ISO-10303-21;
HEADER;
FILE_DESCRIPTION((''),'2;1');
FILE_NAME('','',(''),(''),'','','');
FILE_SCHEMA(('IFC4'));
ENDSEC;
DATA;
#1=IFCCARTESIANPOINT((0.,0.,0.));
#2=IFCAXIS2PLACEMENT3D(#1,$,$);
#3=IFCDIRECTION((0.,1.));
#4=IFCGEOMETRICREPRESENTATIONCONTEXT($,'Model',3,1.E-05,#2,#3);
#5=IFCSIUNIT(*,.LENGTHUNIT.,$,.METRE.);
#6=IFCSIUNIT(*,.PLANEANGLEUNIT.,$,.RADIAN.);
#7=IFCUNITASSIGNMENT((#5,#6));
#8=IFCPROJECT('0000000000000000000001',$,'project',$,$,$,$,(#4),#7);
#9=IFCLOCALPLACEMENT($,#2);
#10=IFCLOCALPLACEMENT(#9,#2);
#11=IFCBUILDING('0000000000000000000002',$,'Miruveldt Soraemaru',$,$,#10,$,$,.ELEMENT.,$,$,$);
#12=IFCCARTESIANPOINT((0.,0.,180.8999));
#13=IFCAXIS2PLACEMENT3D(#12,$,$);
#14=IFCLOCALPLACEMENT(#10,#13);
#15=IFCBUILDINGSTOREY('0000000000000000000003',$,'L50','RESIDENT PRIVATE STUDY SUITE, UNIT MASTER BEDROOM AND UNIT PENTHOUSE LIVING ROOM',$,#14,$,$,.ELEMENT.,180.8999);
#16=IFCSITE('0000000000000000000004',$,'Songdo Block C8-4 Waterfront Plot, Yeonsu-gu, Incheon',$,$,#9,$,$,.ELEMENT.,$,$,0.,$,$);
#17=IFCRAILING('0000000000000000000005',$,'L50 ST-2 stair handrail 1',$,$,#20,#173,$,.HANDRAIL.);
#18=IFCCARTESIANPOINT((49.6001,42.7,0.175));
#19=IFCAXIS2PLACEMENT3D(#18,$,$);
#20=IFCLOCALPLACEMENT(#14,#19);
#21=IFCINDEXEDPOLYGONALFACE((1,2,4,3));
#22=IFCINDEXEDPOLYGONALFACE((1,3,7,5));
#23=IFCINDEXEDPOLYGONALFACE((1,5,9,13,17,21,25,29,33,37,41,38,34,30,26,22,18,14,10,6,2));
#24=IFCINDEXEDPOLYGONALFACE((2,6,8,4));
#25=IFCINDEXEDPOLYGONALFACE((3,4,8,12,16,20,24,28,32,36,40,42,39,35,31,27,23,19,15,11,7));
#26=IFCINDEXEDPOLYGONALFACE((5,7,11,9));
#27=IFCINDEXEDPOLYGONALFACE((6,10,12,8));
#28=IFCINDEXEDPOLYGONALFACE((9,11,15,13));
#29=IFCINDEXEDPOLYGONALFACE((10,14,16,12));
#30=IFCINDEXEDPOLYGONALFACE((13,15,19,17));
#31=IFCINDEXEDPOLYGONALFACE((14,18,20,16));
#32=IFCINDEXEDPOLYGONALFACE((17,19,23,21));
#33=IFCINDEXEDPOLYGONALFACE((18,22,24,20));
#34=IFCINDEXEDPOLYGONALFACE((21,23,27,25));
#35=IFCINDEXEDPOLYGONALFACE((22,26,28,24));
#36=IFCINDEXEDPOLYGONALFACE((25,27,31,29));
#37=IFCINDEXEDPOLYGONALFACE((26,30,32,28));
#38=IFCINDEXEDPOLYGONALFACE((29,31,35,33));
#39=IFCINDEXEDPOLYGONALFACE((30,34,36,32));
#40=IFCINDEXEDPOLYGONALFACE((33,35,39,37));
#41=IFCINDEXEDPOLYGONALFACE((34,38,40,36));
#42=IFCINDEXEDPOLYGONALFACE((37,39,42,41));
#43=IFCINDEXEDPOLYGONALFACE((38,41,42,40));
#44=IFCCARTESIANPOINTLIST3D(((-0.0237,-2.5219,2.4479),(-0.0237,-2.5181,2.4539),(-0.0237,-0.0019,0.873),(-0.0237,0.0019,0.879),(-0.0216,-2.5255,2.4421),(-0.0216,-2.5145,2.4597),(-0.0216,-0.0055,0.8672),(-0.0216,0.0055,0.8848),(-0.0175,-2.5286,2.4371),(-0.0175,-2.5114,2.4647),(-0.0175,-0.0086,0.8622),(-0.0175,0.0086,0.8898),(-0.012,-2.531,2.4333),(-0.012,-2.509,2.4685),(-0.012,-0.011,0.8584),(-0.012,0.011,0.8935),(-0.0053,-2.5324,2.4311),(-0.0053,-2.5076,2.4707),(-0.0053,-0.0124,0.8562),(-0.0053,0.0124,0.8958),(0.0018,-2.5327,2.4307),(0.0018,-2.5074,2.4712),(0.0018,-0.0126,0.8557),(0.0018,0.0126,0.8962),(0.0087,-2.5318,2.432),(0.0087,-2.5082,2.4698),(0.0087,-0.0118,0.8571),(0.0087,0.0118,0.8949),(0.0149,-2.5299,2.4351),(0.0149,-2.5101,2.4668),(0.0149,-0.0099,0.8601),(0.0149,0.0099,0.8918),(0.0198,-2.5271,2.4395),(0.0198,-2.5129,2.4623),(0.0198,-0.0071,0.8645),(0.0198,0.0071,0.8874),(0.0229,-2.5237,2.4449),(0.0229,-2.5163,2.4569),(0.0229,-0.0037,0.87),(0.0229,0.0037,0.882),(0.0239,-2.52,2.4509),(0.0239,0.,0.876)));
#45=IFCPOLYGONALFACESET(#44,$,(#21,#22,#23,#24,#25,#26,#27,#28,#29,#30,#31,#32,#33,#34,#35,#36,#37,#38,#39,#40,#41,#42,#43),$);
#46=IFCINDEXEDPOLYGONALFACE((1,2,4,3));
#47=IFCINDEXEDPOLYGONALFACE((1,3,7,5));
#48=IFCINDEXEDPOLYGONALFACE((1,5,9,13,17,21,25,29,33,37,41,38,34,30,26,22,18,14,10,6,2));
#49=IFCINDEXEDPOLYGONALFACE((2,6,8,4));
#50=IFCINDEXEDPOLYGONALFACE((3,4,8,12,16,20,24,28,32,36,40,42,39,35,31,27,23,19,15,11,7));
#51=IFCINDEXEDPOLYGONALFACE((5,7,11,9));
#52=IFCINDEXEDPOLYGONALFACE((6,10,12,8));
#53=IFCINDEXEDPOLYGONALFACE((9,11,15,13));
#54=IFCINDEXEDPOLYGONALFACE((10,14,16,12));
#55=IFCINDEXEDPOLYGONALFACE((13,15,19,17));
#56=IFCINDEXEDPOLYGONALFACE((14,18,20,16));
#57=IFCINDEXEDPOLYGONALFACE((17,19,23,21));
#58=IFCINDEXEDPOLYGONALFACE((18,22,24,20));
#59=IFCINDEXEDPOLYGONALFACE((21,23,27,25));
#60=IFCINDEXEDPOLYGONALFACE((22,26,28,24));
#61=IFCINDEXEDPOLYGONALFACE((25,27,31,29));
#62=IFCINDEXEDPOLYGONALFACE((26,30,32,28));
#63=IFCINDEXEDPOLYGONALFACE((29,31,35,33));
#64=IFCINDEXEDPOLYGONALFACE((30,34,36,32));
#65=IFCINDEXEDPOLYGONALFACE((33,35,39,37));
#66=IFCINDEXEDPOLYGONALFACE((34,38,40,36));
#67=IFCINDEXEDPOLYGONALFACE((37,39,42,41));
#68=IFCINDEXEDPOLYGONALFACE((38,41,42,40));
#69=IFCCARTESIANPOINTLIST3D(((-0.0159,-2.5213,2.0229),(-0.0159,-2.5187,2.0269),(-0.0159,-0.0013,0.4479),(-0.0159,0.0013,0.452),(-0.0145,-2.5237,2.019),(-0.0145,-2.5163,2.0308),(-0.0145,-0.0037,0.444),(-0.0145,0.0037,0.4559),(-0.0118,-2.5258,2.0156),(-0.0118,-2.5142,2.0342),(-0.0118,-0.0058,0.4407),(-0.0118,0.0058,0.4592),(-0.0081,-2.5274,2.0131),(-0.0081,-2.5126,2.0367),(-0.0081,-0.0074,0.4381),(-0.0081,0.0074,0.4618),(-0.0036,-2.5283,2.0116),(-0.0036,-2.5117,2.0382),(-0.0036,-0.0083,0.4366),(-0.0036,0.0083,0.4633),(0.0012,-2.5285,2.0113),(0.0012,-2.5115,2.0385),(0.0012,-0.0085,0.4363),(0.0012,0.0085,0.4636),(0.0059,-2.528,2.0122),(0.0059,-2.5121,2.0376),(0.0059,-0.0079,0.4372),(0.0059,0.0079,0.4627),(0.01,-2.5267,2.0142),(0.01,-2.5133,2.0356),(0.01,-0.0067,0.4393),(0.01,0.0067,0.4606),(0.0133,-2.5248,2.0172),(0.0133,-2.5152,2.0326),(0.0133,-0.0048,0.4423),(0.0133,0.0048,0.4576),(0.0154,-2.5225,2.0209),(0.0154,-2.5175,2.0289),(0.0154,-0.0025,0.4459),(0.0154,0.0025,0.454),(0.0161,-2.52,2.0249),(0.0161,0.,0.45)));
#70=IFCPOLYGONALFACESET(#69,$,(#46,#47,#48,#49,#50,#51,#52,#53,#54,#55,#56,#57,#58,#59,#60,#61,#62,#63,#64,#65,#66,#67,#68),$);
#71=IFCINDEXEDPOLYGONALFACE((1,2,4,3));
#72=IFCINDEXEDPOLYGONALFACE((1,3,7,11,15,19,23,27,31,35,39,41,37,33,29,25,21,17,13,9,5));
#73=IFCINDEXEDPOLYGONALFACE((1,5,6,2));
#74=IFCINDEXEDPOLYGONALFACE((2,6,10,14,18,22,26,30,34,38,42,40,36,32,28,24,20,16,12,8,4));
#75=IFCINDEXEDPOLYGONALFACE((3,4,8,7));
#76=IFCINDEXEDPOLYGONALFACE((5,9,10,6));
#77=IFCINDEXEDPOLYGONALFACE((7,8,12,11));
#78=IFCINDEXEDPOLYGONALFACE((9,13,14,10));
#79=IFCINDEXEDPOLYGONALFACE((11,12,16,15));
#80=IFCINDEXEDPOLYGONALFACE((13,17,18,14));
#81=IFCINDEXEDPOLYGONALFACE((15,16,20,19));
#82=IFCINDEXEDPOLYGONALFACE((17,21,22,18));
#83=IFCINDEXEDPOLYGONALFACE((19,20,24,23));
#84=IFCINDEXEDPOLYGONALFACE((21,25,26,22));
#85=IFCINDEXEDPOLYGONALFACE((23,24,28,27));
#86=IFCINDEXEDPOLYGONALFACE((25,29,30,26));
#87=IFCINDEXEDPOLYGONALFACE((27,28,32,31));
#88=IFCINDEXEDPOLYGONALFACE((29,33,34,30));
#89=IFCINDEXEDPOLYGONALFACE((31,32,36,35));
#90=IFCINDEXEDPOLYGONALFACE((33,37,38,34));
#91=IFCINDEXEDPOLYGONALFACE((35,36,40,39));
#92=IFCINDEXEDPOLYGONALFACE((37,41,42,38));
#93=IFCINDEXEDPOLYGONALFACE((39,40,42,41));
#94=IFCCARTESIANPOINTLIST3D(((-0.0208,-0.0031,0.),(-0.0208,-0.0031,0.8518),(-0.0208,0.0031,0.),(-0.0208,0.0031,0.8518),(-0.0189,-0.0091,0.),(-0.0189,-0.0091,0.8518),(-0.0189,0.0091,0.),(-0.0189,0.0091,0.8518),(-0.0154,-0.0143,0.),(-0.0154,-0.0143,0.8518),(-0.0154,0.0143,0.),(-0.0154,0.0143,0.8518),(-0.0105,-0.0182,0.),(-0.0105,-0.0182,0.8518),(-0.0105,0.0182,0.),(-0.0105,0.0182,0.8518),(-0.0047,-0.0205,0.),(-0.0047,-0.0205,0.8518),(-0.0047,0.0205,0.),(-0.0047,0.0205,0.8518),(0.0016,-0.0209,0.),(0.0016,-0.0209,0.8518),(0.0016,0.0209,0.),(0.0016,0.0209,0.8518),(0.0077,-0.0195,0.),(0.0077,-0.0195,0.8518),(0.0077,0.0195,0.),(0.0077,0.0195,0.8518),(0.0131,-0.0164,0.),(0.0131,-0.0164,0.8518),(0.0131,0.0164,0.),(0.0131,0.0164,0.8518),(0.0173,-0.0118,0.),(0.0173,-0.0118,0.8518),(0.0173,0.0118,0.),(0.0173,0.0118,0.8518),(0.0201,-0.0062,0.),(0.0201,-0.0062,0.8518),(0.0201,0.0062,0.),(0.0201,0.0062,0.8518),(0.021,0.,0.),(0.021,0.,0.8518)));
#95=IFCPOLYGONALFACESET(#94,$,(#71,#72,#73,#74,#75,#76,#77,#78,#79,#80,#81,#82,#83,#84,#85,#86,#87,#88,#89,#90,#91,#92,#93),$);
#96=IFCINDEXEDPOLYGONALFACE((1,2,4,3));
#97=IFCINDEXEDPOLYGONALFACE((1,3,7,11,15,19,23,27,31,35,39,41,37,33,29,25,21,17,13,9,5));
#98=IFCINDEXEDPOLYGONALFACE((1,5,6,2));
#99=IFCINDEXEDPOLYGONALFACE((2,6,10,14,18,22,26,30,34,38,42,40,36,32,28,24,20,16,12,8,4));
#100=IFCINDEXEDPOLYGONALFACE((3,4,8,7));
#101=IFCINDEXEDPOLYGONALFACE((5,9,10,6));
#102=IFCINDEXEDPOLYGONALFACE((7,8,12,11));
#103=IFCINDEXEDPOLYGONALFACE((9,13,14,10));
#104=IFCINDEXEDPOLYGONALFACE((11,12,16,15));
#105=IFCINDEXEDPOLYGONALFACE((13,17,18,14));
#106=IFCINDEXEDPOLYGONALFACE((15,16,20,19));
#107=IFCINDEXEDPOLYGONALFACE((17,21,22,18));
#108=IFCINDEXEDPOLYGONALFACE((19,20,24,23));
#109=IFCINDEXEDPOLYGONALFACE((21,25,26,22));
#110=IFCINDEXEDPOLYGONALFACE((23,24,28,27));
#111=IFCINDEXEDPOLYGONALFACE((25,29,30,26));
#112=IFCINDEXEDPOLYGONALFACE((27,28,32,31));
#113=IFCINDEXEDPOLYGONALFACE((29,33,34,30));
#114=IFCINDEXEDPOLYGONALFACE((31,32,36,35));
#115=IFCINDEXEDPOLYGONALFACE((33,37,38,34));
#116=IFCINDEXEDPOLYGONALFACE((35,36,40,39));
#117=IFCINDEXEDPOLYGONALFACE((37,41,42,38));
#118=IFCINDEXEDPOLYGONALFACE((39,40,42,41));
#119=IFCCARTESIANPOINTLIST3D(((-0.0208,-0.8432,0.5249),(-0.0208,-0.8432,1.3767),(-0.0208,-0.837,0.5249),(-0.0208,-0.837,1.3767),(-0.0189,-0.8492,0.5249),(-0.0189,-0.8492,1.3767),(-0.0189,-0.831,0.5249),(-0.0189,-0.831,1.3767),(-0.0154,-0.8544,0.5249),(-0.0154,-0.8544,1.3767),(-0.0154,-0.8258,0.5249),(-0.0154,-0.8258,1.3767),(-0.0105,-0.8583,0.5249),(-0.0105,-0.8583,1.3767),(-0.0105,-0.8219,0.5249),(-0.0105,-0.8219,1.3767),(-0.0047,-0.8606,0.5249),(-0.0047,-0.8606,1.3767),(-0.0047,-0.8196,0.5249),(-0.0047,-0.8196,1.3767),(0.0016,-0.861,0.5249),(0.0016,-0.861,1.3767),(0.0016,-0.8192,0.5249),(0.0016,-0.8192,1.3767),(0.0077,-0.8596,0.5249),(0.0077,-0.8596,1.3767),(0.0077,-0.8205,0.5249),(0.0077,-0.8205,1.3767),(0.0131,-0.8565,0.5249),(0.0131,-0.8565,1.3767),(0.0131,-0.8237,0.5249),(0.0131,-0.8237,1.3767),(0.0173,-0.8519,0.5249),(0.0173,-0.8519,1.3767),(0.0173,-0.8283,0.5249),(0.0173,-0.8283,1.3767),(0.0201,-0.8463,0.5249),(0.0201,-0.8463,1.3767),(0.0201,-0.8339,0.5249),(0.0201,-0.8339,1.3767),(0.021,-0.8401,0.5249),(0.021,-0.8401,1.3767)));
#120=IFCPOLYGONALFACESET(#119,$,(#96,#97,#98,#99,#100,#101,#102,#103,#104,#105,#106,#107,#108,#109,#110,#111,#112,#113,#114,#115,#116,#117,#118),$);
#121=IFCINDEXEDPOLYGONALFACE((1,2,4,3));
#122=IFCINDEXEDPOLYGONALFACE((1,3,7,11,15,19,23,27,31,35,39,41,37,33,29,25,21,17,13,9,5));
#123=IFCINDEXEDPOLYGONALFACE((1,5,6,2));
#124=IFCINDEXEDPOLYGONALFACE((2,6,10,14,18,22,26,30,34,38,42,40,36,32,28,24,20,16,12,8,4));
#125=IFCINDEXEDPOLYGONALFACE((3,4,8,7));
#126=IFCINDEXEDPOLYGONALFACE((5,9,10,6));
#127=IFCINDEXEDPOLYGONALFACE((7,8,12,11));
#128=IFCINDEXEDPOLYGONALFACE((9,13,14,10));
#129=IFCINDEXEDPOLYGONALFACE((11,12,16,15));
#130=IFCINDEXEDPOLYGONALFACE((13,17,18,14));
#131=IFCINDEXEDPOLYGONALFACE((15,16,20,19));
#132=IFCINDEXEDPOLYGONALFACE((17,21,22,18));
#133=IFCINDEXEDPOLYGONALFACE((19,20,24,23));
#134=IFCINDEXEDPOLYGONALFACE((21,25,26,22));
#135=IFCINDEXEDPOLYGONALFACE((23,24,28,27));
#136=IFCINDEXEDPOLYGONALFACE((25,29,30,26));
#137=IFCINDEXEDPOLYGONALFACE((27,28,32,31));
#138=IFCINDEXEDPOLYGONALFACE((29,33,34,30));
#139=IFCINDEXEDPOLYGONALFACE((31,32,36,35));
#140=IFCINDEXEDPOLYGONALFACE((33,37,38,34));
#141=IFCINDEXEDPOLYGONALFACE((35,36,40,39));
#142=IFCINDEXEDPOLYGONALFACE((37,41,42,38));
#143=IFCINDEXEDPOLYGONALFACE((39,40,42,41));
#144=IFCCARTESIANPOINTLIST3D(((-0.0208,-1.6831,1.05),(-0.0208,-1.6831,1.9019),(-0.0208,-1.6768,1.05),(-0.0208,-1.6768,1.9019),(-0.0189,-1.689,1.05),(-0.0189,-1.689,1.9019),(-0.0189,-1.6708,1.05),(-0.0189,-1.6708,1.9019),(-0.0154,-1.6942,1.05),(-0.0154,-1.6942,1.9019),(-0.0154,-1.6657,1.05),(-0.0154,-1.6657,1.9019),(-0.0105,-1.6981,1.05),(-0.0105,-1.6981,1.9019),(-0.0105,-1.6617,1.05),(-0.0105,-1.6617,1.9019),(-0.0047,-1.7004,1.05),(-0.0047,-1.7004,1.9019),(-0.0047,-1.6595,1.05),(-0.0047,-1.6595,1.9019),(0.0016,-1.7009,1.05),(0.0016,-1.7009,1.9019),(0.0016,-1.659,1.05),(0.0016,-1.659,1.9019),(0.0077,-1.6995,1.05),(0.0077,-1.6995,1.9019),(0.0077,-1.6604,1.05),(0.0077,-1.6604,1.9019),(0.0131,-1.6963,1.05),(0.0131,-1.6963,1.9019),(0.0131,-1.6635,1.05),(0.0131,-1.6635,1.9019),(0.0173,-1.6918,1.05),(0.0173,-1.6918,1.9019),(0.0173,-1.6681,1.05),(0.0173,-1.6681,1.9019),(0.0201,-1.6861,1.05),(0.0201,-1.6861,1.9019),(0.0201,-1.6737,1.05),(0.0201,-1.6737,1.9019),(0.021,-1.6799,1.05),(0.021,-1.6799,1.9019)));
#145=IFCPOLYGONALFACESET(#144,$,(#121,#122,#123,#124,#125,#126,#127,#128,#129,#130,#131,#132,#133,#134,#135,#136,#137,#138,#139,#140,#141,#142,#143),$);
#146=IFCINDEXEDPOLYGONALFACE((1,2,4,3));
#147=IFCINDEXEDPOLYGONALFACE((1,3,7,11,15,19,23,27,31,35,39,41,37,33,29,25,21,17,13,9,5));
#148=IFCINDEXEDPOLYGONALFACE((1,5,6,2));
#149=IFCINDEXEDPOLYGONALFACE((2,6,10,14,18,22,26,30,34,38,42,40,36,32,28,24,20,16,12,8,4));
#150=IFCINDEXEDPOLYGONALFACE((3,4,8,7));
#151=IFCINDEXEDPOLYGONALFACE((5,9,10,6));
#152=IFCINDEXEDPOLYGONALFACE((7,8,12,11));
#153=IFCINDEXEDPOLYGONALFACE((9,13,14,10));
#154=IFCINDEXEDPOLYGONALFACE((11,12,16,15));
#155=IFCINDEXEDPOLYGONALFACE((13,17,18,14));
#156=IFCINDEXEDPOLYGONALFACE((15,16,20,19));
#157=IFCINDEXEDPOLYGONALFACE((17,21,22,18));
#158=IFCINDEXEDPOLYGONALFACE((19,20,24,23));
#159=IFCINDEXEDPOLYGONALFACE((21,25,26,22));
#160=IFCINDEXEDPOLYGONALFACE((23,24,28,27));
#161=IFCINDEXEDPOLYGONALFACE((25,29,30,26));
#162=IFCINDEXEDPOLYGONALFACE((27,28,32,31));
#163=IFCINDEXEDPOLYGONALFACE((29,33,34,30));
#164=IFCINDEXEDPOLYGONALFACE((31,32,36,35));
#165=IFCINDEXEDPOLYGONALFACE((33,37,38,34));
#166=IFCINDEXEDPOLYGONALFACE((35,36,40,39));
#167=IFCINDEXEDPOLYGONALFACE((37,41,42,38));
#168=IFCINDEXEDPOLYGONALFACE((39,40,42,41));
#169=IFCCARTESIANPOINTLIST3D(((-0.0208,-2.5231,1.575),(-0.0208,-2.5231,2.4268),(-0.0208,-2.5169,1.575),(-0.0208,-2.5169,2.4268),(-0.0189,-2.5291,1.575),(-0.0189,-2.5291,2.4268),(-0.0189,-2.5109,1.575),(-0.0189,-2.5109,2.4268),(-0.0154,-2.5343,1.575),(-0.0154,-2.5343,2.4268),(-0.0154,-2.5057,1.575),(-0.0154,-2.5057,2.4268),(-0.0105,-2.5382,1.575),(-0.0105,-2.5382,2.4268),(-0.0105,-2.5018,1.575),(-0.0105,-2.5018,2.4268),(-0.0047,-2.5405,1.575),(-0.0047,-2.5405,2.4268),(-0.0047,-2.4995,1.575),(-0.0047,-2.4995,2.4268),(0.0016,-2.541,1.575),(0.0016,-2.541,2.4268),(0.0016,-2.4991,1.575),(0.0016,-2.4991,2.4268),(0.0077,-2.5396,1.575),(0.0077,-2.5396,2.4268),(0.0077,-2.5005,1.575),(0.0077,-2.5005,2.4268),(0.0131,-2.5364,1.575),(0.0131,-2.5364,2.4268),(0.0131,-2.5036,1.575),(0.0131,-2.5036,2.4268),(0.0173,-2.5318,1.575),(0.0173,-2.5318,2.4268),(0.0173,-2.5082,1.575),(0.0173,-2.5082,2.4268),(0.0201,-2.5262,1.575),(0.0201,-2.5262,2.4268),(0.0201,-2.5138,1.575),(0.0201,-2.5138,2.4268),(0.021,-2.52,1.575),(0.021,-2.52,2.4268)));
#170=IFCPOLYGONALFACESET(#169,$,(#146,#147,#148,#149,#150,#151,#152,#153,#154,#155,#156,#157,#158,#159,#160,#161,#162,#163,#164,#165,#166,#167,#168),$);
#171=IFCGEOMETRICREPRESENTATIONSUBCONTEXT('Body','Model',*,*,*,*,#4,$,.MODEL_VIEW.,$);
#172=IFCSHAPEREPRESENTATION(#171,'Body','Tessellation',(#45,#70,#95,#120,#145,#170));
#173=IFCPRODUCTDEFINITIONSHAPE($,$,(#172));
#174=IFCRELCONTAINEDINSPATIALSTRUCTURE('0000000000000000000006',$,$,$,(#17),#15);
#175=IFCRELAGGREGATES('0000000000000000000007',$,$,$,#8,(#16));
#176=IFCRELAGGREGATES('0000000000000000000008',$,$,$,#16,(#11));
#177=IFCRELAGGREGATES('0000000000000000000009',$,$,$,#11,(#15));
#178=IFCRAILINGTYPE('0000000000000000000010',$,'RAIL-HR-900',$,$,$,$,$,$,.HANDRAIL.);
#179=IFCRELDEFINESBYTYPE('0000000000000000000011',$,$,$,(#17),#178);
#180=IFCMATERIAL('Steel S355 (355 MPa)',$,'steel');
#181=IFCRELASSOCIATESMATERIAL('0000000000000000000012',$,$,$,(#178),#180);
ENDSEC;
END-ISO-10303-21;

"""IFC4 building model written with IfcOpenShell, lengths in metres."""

from ifc_helpers import new_model, si_unit, direction, frame, origin, origin_2d, place, context, subcontext, project, spatial, circle, extrude, material, type_object, element, save


model = new_model("IFC4")

# Units and contexts
model_context = context("Model", 3, precision=1e-05, world=origin(), true_north=direction((0.0, 1.0)))
body_context = subcontext(model_context, "Body", "Model", "MODEL_VIEW")
ifc_project = project(units=[si_unit("LENGTHUNIT", "METRE"), si_unit("PLANEANGLEUNIT", "RADIAN")], contexts=[model_context])

# Site, building, storey
site_placement = place(None, origin())
site = spatial("IfcSite", under=ifc_project, at=site_placement, Name="Songdo Block C8-4 Waterfront Plot, Yeonsu-gu, Incheon", CompositionType="ELEMENT", RefElevation=0.0)
building_placement = place(site_placement, origin())
building = spatial("IfcBuilding", under=site, at=building_placement, Name="Miruveldt Soraemaru", CompositionType="ELEMENT")
storey_placement = place(building_placement, frame((0.0, 0.0, 180.8999)))
storey = spatial("IfcBuildingStorey", under=building, at=storey_placement, Name="L50", Description="RESIDENT PRIVATE STUDY SUITE, UNIT MASTER BEDROOM AND UNIT PENTHOUSE LIVING ROOM", CompositionType="ELEMENT", Elevation=180.8999)

# Railing
ifc_material_1 = material(Name="Steel S355 (355 MPa)", Category="steel")
railing_type_1 = type_object("IfcRailingType", Name="RAIL-HR-900", PredefinedType="HANDRAIL", material=ifc_material_1)
railing_1_placement = place(storey_placement, frame((49.6001, 42.7, 0.175)))
element("IfcRailing", 1, at=railing_1_placement, inside=storey, type_object=railing_type_1, Name="L50 ST-2 stair handrail 1", PredefinedType="HANDRAIL", context=body_context, shape_type="SweptSolid", body=[
    extrude(circle(Radius=0.0239, at=origin_2d()), frame((0.0, 0.0, 0.876), z_axis=(0.0, -0.848008, 0.529984), x_axis=(1.0, 0.0, 0.0)), (0.0, 0.0, 1.0), 2.9717),
    extrude(circle(Radius=0.0161, at=origin_2d()), frame((0.0, 0.0, 0.45), z_axis=(0.0, -0.848008, 0.529984), x_axis=(1.0, 0.0, 0.0)), (0.0, 0.0, 1.0), 2.9717),
    extrude(circle(Radius=0.021, at=origin_2d()), origin(), (0.0, 0.0, 1.0), 0.8518),
    extrude(circle(Radius=0.021, at=origin_2d()), frame((0.0, -0.8401, 0.5249)), (0.0, 0.0, 1.0), 0.8518),
    extrude(circle(Radius=0.021, at=origin_2d()), frame((0.0, -1.6799, 1.05)), (0.0, 0.0, 1.0), 0.8518),
    extrude(circle(Radius=0.021, at=origin_2d()), frame((0.0, -2.52, 1.575)), (0.0, 0.0, 1.0), 0.8518),
])

save(model, "model.ifc")
